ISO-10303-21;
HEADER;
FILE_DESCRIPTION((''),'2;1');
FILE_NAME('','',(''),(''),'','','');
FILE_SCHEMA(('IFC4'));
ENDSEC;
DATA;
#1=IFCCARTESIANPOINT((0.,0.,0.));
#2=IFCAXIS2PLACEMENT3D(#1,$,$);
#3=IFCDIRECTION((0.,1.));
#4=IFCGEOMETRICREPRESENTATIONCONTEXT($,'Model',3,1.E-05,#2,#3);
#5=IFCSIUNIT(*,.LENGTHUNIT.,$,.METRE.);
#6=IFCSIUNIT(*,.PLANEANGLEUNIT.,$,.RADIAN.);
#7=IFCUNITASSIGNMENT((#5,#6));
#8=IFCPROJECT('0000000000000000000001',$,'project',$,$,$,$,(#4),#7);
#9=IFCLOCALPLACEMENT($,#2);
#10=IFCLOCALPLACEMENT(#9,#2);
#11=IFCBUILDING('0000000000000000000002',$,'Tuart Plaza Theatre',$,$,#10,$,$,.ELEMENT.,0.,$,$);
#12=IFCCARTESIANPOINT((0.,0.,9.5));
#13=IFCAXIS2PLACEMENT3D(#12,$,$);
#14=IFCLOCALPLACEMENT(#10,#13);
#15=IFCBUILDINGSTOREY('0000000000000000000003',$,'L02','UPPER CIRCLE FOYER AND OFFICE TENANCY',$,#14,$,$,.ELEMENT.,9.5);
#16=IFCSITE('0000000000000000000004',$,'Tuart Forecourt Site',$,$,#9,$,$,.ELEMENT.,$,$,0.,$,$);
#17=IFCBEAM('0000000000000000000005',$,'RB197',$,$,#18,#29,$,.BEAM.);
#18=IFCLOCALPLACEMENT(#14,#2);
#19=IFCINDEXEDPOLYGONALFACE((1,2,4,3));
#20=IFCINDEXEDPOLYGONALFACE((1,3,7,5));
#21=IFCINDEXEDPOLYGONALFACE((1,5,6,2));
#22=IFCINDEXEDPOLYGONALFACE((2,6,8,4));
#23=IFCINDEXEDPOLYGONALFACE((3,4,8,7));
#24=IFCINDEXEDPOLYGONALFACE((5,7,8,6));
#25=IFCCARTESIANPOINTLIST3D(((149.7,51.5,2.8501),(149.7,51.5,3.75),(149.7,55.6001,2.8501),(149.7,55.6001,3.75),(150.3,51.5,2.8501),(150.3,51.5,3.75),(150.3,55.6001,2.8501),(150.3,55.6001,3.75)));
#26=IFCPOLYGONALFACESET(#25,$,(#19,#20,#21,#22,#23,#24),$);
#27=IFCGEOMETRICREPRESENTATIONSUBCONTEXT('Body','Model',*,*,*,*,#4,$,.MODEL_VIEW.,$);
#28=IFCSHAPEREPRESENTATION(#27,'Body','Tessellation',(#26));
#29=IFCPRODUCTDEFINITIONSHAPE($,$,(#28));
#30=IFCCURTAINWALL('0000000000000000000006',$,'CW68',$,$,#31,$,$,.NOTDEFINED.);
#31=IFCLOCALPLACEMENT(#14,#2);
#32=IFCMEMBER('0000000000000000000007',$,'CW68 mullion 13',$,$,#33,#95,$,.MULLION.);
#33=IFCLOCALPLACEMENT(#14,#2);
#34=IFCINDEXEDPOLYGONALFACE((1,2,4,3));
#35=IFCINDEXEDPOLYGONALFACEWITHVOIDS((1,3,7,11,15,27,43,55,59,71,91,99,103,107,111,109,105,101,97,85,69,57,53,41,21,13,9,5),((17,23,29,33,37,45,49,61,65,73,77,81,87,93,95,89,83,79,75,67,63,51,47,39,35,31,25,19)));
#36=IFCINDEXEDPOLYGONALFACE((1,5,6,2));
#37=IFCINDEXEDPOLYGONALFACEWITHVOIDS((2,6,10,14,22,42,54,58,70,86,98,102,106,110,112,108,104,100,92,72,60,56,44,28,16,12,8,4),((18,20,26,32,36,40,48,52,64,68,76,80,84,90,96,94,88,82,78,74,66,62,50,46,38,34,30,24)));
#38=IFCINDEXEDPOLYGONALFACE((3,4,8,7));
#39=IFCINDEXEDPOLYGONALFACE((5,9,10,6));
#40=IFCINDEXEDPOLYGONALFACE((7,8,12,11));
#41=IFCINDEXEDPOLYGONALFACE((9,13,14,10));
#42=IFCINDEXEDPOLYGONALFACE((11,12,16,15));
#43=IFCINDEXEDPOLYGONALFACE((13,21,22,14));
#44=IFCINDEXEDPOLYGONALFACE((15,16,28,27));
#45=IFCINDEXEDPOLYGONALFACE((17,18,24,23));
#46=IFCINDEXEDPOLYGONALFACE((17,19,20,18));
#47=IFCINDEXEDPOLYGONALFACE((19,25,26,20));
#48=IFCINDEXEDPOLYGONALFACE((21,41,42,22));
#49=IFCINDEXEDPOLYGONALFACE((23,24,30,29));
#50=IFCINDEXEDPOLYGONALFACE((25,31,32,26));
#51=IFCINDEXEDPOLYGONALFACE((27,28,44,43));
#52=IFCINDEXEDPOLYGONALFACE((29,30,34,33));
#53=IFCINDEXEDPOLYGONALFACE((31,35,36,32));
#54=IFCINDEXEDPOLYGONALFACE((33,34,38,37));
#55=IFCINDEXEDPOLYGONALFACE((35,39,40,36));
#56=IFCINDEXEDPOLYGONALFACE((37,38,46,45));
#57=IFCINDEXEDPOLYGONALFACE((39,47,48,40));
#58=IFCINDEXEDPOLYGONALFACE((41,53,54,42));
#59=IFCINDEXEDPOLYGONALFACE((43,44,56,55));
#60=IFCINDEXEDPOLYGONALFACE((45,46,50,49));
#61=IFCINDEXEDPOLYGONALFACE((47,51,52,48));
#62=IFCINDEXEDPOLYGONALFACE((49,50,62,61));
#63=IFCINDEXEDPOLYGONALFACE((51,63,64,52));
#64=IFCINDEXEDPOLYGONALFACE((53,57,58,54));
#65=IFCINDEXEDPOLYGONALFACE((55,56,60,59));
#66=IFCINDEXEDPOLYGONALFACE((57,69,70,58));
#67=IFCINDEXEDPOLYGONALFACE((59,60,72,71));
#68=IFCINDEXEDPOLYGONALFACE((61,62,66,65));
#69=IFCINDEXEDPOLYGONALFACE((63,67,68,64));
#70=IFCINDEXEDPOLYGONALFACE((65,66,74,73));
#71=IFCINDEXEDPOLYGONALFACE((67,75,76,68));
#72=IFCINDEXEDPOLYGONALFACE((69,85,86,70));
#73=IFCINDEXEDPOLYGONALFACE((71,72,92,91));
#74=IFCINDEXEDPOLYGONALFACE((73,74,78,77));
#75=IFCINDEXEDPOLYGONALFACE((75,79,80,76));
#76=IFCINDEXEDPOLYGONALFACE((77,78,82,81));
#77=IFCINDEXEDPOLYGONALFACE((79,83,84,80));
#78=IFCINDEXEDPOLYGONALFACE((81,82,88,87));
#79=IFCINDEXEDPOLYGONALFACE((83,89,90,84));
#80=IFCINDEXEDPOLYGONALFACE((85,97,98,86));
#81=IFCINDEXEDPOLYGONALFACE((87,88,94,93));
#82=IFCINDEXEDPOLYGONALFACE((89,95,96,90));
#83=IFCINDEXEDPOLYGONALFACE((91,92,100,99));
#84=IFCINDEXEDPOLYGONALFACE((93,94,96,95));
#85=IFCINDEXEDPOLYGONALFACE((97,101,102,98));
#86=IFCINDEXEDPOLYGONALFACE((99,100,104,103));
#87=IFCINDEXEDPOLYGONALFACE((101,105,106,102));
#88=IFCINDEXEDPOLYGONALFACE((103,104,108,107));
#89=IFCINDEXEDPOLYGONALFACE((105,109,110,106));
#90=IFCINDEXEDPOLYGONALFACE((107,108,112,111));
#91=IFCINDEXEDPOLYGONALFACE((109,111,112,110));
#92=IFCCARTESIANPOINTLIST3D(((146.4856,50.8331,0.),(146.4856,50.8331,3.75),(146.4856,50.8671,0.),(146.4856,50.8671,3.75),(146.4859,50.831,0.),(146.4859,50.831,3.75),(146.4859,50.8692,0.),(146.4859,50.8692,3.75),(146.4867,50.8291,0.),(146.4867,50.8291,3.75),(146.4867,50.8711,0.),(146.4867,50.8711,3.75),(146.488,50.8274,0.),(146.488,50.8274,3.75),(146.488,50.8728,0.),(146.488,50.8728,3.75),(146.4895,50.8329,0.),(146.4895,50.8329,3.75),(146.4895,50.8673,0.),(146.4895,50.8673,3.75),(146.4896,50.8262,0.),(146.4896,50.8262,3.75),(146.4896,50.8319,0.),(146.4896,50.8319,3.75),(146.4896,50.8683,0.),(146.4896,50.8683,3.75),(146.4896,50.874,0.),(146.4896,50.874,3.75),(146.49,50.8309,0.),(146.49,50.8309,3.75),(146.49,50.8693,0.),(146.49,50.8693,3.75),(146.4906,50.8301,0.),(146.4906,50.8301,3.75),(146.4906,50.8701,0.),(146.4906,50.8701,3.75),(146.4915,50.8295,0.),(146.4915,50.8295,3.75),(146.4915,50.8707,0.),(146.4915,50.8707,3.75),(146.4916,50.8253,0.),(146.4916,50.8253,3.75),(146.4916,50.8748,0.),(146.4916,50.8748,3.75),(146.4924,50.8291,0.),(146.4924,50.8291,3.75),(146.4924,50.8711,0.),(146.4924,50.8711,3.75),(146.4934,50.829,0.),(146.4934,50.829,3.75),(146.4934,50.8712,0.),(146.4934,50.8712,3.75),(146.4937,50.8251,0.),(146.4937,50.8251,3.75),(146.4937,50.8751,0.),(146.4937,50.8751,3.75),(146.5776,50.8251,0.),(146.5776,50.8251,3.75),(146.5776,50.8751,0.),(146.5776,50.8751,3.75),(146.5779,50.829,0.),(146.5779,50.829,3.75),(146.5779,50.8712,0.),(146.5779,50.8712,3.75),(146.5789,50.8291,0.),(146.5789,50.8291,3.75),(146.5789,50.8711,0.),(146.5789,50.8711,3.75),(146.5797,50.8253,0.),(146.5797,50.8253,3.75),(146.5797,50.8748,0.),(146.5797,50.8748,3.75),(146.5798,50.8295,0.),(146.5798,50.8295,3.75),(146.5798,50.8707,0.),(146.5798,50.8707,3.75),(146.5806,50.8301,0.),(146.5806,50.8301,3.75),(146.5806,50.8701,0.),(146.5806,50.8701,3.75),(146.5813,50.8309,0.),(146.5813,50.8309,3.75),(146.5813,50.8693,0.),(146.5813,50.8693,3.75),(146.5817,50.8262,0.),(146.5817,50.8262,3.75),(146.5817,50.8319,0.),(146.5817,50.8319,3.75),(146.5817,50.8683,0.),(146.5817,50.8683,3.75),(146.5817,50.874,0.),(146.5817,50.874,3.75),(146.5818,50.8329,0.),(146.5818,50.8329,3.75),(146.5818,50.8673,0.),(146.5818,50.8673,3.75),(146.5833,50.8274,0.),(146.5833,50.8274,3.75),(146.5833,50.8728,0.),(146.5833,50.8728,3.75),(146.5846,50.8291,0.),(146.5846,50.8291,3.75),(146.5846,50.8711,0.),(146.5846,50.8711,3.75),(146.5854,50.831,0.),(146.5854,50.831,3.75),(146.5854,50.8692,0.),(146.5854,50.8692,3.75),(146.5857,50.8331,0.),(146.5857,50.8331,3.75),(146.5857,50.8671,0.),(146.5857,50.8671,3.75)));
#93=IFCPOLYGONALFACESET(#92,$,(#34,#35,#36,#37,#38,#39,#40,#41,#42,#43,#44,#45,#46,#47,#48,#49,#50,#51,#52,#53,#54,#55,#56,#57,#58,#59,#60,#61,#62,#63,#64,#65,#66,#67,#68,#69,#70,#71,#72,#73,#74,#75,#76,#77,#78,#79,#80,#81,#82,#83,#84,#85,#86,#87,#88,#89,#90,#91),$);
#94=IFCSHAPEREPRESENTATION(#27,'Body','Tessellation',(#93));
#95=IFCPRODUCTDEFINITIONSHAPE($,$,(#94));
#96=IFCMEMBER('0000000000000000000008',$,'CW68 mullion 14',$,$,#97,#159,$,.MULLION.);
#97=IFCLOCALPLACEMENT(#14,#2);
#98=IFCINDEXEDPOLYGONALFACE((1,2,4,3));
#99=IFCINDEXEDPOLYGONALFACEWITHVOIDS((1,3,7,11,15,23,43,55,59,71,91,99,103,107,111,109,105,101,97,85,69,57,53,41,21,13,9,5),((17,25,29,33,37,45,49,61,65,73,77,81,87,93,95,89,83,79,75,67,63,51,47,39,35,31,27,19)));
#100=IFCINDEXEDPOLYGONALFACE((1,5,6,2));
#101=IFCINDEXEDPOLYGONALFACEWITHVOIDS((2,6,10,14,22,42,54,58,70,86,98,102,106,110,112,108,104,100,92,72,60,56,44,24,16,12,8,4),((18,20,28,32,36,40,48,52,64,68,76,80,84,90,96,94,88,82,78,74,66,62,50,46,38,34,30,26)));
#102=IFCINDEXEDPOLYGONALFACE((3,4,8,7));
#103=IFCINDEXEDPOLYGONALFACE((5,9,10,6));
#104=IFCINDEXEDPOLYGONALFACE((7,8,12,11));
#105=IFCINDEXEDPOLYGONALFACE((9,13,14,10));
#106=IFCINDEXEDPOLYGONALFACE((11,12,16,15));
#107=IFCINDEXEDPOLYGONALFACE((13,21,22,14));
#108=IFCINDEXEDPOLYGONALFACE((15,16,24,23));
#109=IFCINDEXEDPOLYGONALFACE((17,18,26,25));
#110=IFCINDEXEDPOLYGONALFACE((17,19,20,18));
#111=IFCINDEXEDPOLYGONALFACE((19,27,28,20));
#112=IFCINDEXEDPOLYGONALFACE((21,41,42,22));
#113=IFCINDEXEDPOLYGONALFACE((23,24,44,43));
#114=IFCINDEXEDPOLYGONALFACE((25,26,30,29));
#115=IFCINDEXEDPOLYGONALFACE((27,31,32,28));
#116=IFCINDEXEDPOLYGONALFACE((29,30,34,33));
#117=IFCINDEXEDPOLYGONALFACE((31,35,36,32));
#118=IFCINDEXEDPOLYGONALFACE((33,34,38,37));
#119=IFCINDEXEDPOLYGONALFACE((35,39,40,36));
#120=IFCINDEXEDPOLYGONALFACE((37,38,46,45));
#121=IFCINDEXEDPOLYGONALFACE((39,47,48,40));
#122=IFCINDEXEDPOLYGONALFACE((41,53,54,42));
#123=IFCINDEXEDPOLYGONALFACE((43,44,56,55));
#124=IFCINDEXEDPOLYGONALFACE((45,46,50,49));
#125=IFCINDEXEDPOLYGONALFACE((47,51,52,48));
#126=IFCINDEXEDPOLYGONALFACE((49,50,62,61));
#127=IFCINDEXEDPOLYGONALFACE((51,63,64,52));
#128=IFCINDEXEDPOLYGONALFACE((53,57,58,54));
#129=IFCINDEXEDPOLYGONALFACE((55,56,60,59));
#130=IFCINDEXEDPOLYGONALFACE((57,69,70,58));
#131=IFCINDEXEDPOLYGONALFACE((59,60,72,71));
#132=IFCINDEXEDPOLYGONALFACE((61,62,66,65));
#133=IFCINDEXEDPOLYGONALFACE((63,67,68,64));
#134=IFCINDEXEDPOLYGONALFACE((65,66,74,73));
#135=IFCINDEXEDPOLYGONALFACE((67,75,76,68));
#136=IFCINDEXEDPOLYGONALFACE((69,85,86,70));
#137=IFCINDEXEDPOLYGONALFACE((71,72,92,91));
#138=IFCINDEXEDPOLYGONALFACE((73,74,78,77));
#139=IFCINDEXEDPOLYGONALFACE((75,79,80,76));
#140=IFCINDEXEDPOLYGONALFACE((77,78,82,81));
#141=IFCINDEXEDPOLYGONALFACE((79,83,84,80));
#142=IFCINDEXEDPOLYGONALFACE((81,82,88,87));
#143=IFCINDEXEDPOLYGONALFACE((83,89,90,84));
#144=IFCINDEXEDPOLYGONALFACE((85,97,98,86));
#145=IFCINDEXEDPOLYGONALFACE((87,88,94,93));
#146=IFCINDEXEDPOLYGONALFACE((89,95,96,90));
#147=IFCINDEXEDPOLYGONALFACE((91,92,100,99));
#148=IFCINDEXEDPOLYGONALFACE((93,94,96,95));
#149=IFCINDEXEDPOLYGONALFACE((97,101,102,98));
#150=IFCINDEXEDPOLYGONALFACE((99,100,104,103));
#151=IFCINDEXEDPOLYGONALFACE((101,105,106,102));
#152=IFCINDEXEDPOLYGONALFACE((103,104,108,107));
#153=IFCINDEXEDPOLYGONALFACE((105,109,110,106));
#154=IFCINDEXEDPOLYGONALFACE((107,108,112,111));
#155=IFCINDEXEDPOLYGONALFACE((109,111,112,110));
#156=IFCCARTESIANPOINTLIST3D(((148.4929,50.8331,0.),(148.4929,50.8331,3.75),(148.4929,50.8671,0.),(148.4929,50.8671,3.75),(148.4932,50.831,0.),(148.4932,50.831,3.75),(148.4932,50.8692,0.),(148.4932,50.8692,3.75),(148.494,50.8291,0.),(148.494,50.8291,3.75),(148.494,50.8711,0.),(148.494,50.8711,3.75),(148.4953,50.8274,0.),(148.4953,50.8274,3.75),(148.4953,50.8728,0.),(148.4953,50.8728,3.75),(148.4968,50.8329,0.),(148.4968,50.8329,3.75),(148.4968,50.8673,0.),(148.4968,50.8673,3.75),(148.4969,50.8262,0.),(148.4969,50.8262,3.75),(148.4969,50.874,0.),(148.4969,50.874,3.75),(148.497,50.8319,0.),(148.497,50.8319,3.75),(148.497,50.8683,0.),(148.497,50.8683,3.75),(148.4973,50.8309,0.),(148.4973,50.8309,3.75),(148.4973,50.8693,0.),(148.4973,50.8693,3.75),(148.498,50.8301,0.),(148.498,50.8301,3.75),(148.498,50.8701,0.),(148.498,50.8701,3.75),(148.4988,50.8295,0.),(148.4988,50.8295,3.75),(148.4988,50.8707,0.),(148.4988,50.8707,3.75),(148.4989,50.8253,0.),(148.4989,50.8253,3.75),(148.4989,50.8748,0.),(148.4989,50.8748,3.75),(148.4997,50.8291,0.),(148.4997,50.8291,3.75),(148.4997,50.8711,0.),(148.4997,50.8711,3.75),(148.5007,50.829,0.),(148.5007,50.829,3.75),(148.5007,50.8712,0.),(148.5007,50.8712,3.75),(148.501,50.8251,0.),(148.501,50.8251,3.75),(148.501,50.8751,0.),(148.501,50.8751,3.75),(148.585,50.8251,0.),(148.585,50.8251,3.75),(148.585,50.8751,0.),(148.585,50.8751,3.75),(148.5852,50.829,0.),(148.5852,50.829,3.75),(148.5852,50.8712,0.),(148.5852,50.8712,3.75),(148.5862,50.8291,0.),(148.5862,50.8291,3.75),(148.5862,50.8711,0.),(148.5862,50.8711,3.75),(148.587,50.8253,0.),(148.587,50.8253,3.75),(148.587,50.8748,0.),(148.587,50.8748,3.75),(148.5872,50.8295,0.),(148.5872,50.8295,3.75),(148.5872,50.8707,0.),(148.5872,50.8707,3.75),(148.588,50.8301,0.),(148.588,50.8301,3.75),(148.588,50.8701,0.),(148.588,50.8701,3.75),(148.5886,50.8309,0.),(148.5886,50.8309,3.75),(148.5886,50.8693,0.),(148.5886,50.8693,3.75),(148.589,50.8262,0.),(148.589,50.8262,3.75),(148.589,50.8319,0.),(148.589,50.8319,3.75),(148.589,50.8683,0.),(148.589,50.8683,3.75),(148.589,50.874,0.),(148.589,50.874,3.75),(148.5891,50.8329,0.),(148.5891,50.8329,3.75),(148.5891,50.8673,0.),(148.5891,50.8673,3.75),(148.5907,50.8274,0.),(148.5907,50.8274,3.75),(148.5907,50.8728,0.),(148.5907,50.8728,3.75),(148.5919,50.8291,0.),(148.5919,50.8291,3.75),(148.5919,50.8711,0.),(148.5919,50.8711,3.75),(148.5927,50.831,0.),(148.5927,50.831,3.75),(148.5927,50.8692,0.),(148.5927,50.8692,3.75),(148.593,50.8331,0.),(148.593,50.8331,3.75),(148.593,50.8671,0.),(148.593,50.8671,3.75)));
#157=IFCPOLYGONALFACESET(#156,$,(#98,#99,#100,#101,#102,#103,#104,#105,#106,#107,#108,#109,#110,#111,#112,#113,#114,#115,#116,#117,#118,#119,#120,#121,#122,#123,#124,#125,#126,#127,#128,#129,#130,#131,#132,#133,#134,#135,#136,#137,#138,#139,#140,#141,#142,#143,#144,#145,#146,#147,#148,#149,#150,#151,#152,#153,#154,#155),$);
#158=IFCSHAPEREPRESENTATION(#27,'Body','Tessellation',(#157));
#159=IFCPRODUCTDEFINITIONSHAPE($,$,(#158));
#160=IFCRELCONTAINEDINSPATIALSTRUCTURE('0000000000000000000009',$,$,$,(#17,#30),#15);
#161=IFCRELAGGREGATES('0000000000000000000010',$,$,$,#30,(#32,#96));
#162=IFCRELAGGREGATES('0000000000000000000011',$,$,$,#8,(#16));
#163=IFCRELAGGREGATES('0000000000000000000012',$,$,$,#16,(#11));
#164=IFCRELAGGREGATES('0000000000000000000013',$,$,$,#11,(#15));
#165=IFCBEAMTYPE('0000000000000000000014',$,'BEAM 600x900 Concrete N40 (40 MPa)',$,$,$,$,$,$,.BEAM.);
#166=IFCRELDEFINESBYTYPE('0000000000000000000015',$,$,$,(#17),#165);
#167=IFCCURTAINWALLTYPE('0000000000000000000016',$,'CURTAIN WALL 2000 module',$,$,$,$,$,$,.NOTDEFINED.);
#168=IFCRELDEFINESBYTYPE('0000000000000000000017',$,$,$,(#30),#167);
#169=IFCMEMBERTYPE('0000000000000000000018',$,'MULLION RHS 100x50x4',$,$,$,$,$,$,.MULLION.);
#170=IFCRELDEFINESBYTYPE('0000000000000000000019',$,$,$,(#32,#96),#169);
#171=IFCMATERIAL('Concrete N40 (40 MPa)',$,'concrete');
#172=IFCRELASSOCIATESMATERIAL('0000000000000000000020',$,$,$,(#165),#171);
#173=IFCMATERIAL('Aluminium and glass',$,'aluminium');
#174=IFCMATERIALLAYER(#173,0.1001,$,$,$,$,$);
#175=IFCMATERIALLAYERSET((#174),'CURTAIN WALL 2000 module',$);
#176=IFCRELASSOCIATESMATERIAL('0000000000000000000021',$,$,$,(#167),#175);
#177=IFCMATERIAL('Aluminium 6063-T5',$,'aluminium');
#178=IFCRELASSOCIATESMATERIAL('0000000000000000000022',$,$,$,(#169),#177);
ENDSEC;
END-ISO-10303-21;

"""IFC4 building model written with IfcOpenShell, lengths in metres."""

from ifc_helpers import new_model, si_unit, direction, frame, origin, origin_2d, place, context, subcontext, project, spatial, rectangle, hollow_rectangle, extrude, material, layer, layer_set, material_profile, profile_set, type_object, element, aggregate, save


model = new_model("IFC4")

# Units and contexts
model_context = context("Model", 3, precision=1e-05, world=origin(), true_north=direction((0.0, 1.0)))
body_context = subcontext(model_context, "Body", "Model", "MODEL_VIEW")
ifc_project = project(units=[si_unit("LENGTHUNIT", "METRE"), si_unit("PLANEANGLEUNIT", "RADIAN")], contexts=[model_context])

# Site, building, storey
site_placement = place(None, origin())
site = spatial("IfcSite", under=ifc_project, at=site_placement, Name="Tuart Forecourt Site", CompositionType="ELEMENT", RefElevation=0.0)
building_placement = place(site_placement, origin())
building = spatial("IfcBuilding", under=site, at=building_placement, Name="Tuart Plaza Theatre", CompositionType="ELEMENT", ElevationOfRefHeight=0.0)
storey_placement = place(building_placement, frame((0.0, 0.0, 9.5)))
storey = spatial("IfcBuildingStorey", under=building, at=storey_placement, Name="L02", Description="UPPER CIRCLE FOYER AND OFFICE TENANCY", CompositionType="ELEMENT", Elevation=9.5)

# Beam
ifc_material_1 = material(Name="Concrete N40 (40 MPa)", Category="concrete")
ifc_material_profile_1 = material_profile(ifc_material_1, rectangle(XDim=0.6001, YDim=0.8999, at=origin_2d()), Name="BEAM 600x900 Concrete N40 (40 MPa)")
ifc_profile_set_1 = profile_set([ifc_material_profile_1], Name="Concrete N40 (40 MPa)")
beam_type = type_object("IfcBeamType", Name="BEAM 600x900 Concrete N40 (40 MPa)", PredefinedType="BEAM", material=ifc_profile_set_1)
beam_placement = place(storey_placement, frame((150.0, 51.5, 3.3), z_axis=(0.0, 1.0, 0.0), x_axis=(-1.0, 0.0, 0.0)))
element("IfcBeam", 1, at=beam_placement, inside=storey, type_object=beam_type, Name="RB197", PredefinedType="BEAM", context=body_context, shape_type="SweptSolid", body=[
    extrude(rectangle(XDim=0.6001, YDim=0.8999, at=origin_2d()), origin(), (0.0, 0.0, 1.0), 4.1001),
])

# Curtain wall, members
ifc_material_2 = material(Name="Aluminium and glass", Category="aluminium")
ifc_layer_1 = layer(ifc_material_2, 0.1001)
ifc_layer_set_1 = layer_set([ifc_layer_1], Name="CURTAIN WALL 2000 module")
curtain_wall_type = type_object("IfcCurtainWallType", Name="CURTAIN WALL 2000 module", PredefinedType="NOTDEFINED", material=ifc_layer_set_1)
curtain_wall_1_placement = place(storey_placement, origin())
curtain_wall_1 = element("IfcCurtainWall", 2, at=curtain_wall_1_placement, inside=storey, type_object=curtain_wall_type, Name="CW68", PredefinedType="NOTDEFINED")
ifc_material_3 = material(Name="Aluminium 6063-T5", Category="aluminium")
ifc_material_profile_2 = material_profile(ifc_material_3, hollow_rectangle(XDim=0.05, YDim=0.1001, WallThickness=0.0039, InnerFilletRadius=0.0039, OuterFilletRadius=0.0081, at=origin_2d()), Name="RHS 100x50x4")
ifc_profile_set_2 = profile_set([ifc_material_profile_2], Name="Aluminium 6063-T5")
member_type_1 = type_object("IfcMemberType", Name="MULLION RHS 100x50x4", PredefinedType="MULLION", material=ifc_profile_set_2)
member_1_placement = place(storey_placement, frame((146.5356, 50.8501, 0.0), z_axis=(0.0, 0.0, 1.0), x_axis=(0.0, 1.0, 0.0)))
member_1 = element("IfcMember", 3, at=member_1_placement, type_object=member_type_1, Name="CW68 mullion 13", PredefinedType="MULLION", context=body_context, shape_type="SweptSolid", body=[
    extrude(hollow_rectangle(XDim=0.05, YDim=0.1001, WallThickness=0.0039, InnerFilletRadius=0.0039, OuterFilletRadius=0.0081, at=origin_2d()), origin(), (0.0, 0.0, 1.0), 3.75),
])
member_2_placement = place(storey_placement, frame((148.543, 50.8501, 0.0), z_axis=(0.0, 0.0, 1.0), x_axis=(0.0, 1.0, 0.0)))
member_2 = element("IfcMember", 4, at=member_2_placement, type_object=member_type_1, Name="CW68 mullion 14", PredefinedType="MULLION", context=body_context, shape_type="SweptSolid", body=[
    extrude(hollow_rectangle(XDim=0.05, YDim=0.1001, WallThickness=0.0039, InnerFilletRadius=0.0039, OuterFilletRadius=0.0081, at=origin_2d()), origin(), (0.0, 0.0, 1.0), 3.75),
])

aggregate(curtain_wall_1, [member_1, member_2])

save(model, "model.ifc")
